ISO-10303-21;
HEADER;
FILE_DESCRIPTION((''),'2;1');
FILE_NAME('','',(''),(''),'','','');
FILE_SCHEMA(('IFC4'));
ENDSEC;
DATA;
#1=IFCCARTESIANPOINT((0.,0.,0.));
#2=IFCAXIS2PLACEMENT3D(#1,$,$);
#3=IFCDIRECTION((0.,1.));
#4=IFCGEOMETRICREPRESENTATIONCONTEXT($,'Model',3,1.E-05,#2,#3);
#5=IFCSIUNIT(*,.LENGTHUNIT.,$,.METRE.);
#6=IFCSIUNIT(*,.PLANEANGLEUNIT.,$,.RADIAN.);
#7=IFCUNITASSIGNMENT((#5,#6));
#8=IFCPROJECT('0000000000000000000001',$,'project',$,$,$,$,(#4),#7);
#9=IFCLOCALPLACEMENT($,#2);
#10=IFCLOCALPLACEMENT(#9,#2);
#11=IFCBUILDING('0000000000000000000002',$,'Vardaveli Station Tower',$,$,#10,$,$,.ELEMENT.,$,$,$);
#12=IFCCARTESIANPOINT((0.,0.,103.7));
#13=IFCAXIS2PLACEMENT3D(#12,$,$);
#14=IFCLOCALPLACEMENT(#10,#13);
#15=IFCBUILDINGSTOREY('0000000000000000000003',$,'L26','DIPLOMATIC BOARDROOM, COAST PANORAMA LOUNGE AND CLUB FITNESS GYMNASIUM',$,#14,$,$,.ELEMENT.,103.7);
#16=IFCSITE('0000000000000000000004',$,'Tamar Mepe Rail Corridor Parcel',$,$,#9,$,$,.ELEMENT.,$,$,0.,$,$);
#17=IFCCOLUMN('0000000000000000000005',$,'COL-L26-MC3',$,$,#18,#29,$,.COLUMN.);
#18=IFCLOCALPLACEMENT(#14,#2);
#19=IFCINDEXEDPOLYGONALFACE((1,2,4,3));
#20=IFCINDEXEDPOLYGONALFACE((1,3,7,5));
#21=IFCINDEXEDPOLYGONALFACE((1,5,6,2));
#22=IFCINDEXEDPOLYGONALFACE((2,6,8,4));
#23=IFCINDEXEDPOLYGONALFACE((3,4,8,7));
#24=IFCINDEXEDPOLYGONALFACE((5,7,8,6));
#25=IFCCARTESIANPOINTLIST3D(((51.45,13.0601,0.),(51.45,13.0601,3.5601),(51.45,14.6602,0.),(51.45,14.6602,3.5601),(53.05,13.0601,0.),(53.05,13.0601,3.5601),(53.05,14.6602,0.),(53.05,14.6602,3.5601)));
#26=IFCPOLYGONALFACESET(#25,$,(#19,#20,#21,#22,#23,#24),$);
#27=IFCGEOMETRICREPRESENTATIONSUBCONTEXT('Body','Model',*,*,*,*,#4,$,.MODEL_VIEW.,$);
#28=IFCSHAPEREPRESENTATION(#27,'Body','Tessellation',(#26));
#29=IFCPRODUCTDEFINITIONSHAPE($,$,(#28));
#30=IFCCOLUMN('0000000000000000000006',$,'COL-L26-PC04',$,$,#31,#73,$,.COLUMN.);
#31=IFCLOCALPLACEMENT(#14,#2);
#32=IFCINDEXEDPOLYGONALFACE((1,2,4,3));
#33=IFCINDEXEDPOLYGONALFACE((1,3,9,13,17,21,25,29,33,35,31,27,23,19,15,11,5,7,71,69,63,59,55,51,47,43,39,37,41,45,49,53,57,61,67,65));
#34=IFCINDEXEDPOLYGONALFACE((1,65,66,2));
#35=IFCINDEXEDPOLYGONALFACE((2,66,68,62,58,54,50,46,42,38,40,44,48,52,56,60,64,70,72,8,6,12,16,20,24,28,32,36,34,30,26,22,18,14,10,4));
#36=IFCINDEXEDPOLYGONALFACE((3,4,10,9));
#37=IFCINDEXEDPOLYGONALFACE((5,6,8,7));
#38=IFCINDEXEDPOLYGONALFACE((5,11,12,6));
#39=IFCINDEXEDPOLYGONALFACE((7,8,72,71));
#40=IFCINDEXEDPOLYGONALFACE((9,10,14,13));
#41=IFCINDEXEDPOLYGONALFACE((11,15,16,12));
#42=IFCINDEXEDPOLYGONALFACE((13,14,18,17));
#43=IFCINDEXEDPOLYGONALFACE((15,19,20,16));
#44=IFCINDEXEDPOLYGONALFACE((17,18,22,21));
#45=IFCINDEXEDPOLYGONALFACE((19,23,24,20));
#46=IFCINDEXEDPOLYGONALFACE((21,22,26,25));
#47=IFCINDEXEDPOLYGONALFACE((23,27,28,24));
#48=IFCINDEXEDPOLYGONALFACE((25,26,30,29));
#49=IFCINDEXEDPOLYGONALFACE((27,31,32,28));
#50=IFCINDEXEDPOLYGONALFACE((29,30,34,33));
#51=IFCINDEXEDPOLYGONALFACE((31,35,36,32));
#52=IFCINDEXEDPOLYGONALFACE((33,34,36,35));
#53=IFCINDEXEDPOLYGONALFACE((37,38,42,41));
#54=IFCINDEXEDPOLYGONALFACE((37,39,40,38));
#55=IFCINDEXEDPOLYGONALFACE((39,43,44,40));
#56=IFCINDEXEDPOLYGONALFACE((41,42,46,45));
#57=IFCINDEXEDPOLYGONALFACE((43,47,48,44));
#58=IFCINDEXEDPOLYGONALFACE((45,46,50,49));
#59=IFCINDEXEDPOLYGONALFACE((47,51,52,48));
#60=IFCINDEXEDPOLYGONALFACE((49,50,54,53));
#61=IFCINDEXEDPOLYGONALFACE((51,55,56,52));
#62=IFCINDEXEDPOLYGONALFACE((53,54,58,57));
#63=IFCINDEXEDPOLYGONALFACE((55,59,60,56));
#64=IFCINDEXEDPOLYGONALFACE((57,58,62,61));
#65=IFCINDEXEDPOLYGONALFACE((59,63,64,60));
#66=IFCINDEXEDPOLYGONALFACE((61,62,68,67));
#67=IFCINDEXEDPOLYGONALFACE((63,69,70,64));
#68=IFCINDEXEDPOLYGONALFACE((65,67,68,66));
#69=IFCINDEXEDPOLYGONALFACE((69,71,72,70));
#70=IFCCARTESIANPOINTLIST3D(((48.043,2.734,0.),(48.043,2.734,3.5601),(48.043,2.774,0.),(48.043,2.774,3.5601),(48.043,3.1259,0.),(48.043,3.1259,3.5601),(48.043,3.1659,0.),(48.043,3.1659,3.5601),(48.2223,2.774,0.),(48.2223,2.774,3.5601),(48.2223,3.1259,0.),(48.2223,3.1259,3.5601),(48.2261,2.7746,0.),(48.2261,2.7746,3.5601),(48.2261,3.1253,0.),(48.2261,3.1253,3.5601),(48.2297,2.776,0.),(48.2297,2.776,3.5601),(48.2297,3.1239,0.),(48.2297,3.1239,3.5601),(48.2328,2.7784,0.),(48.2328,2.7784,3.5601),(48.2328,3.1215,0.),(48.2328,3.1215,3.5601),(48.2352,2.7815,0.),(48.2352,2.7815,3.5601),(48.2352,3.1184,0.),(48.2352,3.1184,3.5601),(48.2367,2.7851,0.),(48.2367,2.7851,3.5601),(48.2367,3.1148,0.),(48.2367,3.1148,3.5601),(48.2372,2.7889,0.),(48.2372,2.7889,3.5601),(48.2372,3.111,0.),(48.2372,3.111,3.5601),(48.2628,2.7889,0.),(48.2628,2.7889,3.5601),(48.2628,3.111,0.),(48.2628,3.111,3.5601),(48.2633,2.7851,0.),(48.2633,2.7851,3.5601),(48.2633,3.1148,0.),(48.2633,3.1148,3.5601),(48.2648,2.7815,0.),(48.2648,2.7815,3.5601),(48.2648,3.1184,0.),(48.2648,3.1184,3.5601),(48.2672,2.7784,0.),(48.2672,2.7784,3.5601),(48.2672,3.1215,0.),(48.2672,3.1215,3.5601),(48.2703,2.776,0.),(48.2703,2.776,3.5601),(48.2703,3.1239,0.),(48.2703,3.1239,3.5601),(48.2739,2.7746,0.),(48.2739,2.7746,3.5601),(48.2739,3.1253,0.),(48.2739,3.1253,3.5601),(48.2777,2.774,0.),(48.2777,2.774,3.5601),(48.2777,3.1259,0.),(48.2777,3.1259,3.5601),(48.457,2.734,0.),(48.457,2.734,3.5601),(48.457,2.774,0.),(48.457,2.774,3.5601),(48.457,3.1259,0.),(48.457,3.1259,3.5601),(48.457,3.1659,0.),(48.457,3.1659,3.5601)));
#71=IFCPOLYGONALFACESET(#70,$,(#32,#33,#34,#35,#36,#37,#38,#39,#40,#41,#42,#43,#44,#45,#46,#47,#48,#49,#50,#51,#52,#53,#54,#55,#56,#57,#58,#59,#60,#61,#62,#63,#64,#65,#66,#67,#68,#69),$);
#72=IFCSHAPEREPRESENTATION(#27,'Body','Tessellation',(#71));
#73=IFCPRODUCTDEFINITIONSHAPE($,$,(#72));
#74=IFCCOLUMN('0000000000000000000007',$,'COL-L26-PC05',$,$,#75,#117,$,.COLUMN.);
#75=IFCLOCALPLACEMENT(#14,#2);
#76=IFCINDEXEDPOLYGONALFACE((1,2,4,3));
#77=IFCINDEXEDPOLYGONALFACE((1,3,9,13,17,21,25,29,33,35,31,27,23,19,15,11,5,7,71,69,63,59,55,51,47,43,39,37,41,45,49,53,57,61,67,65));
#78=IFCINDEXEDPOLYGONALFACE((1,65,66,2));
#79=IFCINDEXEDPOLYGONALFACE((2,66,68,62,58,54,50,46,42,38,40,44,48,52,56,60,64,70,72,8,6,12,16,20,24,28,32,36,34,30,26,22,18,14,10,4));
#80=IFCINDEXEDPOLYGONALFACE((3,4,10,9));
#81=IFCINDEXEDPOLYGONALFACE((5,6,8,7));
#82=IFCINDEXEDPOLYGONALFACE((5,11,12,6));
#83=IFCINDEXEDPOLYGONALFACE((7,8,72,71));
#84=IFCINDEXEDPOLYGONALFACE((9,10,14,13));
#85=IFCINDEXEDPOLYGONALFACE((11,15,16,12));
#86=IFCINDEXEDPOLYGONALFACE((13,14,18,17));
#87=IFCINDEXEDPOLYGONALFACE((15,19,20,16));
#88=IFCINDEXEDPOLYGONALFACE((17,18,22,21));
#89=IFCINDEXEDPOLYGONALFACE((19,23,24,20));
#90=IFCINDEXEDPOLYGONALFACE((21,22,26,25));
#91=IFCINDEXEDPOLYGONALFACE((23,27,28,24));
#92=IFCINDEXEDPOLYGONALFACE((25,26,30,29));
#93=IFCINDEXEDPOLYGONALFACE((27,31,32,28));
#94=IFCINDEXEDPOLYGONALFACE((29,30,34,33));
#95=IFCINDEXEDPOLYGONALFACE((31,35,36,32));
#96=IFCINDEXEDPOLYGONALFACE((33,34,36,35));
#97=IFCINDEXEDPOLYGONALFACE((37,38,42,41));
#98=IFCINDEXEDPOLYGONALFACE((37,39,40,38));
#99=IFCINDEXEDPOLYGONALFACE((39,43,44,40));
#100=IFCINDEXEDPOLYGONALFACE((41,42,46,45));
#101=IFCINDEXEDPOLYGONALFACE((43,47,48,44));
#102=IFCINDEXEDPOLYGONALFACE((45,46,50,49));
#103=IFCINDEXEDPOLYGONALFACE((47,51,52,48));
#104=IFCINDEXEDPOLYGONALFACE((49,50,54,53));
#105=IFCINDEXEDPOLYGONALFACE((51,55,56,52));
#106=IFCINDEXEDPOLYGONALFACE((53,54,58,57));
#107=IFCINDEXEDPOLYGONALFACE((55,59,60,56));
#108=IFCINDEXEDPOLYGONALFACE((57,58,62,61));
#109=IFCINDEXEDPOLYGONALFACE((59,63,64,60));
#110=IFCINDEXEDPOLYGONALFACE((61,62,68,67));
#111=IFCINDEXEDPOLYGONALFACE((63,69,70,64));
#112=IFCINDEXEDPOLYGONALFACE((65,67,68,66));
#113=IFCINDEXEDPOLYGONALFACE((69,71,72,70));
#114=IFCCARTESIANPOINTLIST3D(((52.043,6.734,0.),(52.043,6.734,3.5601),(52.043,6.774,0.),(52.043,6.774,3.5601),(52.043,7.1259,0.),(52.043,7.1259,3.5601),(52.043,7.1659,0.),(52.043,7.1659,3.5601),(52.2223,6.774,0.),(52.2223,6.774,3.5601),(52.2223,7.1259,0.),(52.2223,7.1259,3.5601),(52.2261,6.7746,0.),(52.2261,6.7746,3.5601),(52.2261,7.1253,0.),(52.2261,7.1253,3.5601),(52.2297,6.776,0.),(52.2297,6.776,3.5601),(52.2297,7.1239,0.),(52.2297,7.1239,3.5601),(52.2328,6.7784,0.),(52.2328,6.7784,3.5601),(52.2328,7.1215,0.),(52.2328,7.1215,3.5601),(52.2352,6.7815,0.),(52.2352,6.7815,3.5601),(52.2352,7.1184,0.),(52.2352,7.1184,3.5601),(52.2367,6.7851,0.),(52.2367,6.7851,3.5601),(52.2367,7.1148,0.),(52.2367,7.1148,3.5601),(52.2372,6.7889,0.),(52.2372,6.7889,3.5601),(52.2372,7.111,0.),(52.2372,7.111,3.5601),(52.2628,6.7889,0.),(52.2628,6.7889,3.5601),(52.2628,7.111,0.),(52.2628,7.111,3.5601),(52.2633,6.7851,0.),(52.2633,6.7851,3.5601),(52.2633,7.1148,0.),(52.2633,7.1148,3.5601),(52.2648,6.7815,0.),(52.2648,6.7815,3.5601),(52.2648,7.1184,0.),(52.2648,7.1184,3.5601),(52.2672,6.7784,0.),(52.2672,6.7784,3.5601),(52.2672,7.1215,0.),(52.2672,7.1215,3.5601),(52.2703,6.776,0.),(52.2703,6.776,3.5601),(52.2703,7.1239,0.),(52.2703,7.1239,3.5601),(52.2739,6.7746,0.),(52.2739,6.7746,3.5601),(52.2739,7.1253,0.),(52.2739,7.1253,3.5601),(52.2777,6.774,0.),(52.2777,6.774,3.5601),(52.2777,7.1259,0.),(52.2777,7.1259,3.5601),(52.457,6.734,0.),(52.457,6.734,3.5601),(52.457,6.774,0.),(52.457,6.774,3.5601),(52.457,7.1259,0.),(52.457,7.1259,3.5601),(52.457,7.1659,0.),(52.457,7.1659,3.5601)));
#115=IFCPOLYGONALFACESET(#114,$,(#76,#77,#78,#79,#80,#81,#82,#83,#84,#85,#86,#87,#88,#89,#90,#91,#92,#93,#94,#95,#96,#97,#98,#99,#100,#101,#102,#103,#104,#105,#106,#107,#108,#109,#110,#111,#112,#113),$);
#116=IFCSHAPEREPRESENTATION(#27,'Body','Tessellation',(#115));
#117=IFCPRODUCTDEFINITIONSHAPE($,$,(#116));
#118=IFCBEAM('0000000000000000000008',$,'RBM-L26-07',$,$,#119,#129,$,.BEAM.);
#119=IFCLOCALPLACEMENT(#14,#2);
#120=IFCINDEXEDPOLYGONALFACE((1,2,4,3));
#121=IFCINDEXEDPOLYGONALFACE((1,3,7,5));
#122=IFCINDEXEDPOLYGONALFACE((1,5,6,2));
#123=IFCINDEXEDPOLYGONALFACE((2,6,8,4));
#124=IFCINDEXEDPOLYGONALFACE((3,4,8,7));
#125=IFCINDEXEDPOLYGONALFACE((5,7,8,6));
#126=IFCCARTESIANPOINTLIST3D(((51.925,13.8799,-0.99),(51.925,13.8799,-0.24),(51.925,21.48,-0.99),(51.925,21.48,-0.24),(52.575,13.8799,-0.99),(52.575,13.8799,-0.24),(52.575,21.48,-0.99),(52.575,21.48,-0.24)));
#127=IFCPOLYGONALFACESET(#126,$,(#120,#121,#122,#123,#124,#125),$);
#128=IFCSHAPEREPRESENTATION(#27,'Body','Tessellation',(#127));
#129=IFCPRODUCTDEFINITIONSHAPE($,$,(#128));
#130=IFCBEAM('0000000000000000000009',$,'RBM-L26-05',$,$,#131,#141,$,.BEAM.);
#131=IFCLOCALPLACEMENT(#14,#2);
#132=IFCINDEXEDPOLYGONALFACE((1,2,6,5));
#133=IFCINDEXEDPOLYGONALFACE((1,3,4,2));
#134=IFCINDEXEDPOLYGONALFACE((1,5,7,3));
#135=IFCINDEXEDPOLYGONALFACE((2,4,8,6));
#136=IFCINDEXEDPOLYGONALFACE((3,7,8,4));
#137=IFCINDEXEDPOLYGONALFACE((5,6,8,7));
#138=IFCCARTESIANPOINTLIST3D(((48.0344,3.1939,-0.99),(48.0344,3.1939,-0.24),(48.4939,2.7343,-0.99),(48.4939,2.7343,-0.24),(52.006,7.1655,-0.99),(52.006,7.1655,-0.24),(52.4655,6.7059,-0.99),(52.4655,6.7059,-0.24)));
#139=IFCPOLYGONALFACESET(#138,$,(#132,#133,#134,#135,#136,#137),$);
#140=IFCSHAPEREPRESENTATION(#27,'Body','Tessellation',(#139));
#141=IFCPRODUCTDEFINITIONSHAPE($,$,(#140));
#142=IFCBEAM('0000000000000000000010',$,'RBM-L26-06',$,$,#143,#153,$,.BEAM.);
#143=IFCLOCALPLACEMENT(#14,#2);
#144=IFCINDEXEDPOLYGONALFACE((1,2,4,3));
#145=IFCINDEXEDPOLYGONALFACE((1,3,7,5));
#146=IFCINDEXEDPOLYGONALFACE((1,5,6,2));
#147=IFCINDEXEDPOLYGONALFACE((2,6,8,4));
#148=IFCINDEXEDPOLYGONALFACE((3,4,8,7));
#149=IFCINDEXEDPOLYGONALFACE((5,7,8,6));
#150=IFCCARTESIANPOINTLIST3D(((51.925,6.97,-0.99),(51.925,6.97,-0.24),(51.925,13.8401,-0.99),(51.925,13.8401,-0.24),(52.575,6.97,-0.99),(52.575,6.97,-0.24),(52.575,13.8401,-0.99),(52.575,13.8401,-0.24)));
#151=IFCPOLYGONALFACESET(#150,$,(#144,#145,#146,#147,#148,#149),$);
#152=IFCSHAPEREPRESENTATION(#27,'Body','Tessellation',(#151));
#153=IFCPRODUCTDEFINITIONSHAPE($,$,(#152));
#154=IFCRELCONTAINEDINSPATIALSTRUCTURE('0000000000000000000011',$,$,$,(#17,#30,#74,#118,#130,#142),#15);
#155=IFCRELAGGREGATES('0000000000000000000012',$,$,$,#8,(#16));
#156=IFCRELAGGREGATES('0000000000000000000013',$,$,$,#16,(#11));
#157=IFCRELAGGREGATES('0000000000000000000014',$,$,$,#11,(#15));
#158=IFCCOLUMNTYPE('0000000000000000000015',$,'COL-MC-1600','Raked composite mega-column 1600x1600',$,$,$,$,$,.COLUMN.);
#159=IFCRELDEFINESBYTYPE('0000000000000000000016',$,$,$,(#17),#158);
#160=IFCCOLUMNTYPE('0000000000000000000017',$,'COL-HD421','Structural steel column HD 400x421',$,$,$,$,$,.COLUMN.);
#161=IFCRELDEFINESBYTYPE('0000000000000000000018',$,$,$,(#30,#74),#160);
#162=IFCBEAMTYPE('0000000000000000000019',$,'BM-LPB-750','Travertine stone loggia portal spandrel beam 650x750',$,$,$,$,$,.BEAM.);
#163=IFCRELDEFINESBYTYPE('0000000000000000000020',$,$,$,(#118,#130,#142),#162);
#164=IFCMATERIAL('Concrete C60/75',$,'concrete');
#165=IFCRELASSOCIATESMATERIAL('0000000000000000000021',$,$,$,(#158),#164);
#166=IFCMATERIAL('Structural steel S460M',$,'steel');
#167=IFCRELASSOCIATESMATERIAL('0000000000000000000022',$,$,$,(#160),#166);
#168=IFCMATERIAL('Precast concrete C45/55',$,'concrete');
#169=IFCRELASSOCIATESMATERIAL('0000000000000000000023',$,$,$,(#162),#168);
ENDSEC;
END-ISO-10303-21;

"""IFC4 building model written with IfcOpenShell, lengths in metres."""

from ifc_helpers import new_model, si_unit, direction, frame, origin, origin_2d, place, context, subcontext, project, spatial, rectangle, i_section, extrude, source, transform, mapped, material, material_profile, profile_set, type_object, element, save


model = new_model("IFC4")

# Units and contexts
model_context = context("Model", 3, precision=1e-05, world=origin(), true_north=direction((0.0, 1.0)))
body_context = subcontext(model_context, "Body", "Model", "MODEL_VIEW")
ifc_project = project(units=[si_unit("LENGTHUNIT", "METRE"), si_unit("PLANEANGLEUNIT", "RADIAN")], contexts=[model_context])

# Site, building, storey
site_placement = place(None, origin())
site = spatial("IfcSite", under=ifc_project, at=site_placement, Name="Tamar Mepe Rail Corridor Parcel", CompositionType="ELEMENT", RefElevation=0.0)
building_placement = place(site_placement, origin())
building = spatial("IfcBuilding", under=site, at=building_placement, Name="Vardaveli Station Tower", CompositionType="ELEMENT")
storey_placement = place(building_placement, frame((0.0, 0.0, 103.7)))
storey = spatial("IfcBuildingStorey", under=building, at=storey_placement, Name="L26", Description="DIPLOMATIC BOARDROOM, COAST PANORAMA LOUNGE AND CLUB FITNESS GYMNASIUM", CompositionType="ELEMENT", Elevation=103.7)

# Columns
ifc_material_1 = material(Name="Concrete C60/75", Category="concrete")
ifc_material_profile_1 = material_profile(ifc_material_1, rectangle(XDim=1.6001, YDim=1.6001, at=origin_2d()), Name="MC 1600x1600")
ifc_profile_set_1 = profile_set([ifc_material_profile_1], Name="Concrete C60/75")
column_type_1 = type_object("IfcColumnType", Name="COL-MC-1600", Description="Raked composite mega-column 1600x1600", PredefinedType="COLUMN", material=ifc_profile_set_1)
shared_shape_1 = source(origin(), body_context, "Body", "SweptSolid", [
    extrude(rectangle(XDim=1.6001, YDim=1.6001, at=origin_2d()), origin(), (0.0, 0.0, 1.0), 3.5601),
])
column_placement = place(storey_placement, frame((52.25, 13.8601, 0.0), z_axis=(0.0, 0.0, 1.0), x_axis=(1.0, 0.0, 0.0)))
element("IfcColumn", 1, at=column_placement, inside=storey, type_object=column_type_1, Name="COL-L26-MC3", PredefinedType="COLUMN", context=body_context, shape_type="MappedRepresentation", body=[
    mapped(shared_shape_1, transform((0.0, 0.0, 0.0), scale=1.0)),
])
ifc_material_2 = material(Name="Structural steel S460M", Category="steel")
ifc_material_profile_2 = material_profile(ifc_material_2, i_section(OverallWidth=0.4141, OverallDepth=0.4319, WebThickness=0.0256, FlangeThickness=0.04, FilletRadius=0.0149, at=origin_2d()), Name="HD 400x421")
ifc_profile_set_2 = profile_set([ifc_material_profile_2], Name="Structural steel S460M")
column_type_2 = type_object("IfcColumnType", Name="COL-HD421", Description="Structural steel column HD 400x421", PredefinedType="COLUMN", material=ifc_profile_set_2)
shared_shape_2 = source(origin(), body_context, "Body", "SweptSolid", [
    extrude(i_section(OverallWidth=0.4141, OverallDepth=0.4319, WebThickness=0.0256, FlangeThickness=0.04, FilletRadius=0.0149, at=origin_2d()), origin(), (0.0, 0.0, 1.0), 3.5601),
])
for number, where, z_axis, x_axis, name in (
    (2, (48.25, 2.95, 0.0), (0.0, 0.0, 1.0), (1.0, 0.0, 0.0), "COL-L26-PC04"),
    (3, (52.25, 6.95, 0.0), (0.0, 0.0, 1.0), (1.0, 0.0, 0.0), "COL-L26-PC05"),
):
    element("IfcColumn", number, at=place(storey_placement, frame(where, z_axis=z_axis, x_axis=x_axis)), inside=storey, type_object=column_type_2, Name=name, PredefinedType="COLUMN", context=body_context, shape_type="MappedRepresentation", body=[
        mapped(shared_shape_2, transform((0.0, 0.0, 0.0), scale=1.0)),
    ])

# Beams
ifc_material_3 = material(Name="Precast concrete C45/55", Category="concrete")
ifc_material_profile_3 = material_profile(ifc_material_3, rectangle(XDim=0.6499, YDim=0.75, at=origin_2d()), Name="LPB 650x750")
ifc_profile_set_3 = profile_set([ifc_material_profile_3], Name="Precast concrete C45/55")
beam_type_1 = type_object("IfcBeamType", Name="BM-LPB-750", Description="Travertine stone loggia portal spandrel beam 650x750", PredefinedType="BEAM", material=ifc_profile_set_3)
shared_shape_3 = source(origin(), body_context, "Body", "SweptSolid", [
    extrude(rectangle(XDim=0.6499, YDim=0.75, at=origin_2d()), origin(), (0.0, 0.0, 1.0), 7.6001),
])
beam_1_placement = place(storey_placement, frame((52.25, 13.8799, -0.615), z_axis=(0.0, 1.0, 0.0), x_axis=(-1.0, 0.0, 0.0)))
element("IfcBeam", 4, at=beam_1_placement, inside=storey, type_object=beam_type_1, Name="RBM-L26-07", PredefinedType="BEAM", context=body_context, shape_type="MappedRepresentation", body=[
    mapped(shared_shape_3, transform((0.0, 0.0, 0.0), scale=1.0)),
])
shared_shape_4 = source(origin(), body_context, "Body", "SweptSolid", [
    extrude(rectangle(XDim=0.6499, YDim=0.75, at=origin_2d()), origin(), (0.0, 0.0, 1.0), 5.6167),
])
beam_2_placement = place(storey_placement, frame((48.2642, 2.9641, -0.615), z_axis=(0.707107, 0.707107, 0.0), x_axis=(-0.707107, 0.707107, 0.0)))
element("IfcBeam", 5, at=beam_2_placement, inside=storey, type_object=beam_type_1, Name="RBM-L26-05", PredefinedType="BEAM", context=body_context, shape_type="MappedRepresentation", body=[
    mapped(shared_shape_4, transform((0.0, 0.0, 0.0), scale=1.0)),
])
shared_shape_5 = source(origin(), body_context, "Body", "SweptSolid", [
    extrude(rectangle(XDim=0.6499, YDim=0.75, at=origin_2d()), origin(), (0.0, 0.0, 1.0), 6.8701),
])
beam_3_placement = place(storey_placement, frame((52.25, 6.97, -0.615), z_axis=(0.0, 1.0, 0.0), x_axis=(-1.0, 0.0, 0.0)))
element("IfcBeam", 6, at=beam_3_placement, inside=storey, type_object=beam_type_1, Name="RBM-L26-06", PredefinedType="BEAM", context=body_context, shape_type="MappedRepresentation", body=[
    mapped(shared_shape_5, transform((0.0, 0.0, 0.0), scale=1.0)),
])

save(model, "model.ifc")
